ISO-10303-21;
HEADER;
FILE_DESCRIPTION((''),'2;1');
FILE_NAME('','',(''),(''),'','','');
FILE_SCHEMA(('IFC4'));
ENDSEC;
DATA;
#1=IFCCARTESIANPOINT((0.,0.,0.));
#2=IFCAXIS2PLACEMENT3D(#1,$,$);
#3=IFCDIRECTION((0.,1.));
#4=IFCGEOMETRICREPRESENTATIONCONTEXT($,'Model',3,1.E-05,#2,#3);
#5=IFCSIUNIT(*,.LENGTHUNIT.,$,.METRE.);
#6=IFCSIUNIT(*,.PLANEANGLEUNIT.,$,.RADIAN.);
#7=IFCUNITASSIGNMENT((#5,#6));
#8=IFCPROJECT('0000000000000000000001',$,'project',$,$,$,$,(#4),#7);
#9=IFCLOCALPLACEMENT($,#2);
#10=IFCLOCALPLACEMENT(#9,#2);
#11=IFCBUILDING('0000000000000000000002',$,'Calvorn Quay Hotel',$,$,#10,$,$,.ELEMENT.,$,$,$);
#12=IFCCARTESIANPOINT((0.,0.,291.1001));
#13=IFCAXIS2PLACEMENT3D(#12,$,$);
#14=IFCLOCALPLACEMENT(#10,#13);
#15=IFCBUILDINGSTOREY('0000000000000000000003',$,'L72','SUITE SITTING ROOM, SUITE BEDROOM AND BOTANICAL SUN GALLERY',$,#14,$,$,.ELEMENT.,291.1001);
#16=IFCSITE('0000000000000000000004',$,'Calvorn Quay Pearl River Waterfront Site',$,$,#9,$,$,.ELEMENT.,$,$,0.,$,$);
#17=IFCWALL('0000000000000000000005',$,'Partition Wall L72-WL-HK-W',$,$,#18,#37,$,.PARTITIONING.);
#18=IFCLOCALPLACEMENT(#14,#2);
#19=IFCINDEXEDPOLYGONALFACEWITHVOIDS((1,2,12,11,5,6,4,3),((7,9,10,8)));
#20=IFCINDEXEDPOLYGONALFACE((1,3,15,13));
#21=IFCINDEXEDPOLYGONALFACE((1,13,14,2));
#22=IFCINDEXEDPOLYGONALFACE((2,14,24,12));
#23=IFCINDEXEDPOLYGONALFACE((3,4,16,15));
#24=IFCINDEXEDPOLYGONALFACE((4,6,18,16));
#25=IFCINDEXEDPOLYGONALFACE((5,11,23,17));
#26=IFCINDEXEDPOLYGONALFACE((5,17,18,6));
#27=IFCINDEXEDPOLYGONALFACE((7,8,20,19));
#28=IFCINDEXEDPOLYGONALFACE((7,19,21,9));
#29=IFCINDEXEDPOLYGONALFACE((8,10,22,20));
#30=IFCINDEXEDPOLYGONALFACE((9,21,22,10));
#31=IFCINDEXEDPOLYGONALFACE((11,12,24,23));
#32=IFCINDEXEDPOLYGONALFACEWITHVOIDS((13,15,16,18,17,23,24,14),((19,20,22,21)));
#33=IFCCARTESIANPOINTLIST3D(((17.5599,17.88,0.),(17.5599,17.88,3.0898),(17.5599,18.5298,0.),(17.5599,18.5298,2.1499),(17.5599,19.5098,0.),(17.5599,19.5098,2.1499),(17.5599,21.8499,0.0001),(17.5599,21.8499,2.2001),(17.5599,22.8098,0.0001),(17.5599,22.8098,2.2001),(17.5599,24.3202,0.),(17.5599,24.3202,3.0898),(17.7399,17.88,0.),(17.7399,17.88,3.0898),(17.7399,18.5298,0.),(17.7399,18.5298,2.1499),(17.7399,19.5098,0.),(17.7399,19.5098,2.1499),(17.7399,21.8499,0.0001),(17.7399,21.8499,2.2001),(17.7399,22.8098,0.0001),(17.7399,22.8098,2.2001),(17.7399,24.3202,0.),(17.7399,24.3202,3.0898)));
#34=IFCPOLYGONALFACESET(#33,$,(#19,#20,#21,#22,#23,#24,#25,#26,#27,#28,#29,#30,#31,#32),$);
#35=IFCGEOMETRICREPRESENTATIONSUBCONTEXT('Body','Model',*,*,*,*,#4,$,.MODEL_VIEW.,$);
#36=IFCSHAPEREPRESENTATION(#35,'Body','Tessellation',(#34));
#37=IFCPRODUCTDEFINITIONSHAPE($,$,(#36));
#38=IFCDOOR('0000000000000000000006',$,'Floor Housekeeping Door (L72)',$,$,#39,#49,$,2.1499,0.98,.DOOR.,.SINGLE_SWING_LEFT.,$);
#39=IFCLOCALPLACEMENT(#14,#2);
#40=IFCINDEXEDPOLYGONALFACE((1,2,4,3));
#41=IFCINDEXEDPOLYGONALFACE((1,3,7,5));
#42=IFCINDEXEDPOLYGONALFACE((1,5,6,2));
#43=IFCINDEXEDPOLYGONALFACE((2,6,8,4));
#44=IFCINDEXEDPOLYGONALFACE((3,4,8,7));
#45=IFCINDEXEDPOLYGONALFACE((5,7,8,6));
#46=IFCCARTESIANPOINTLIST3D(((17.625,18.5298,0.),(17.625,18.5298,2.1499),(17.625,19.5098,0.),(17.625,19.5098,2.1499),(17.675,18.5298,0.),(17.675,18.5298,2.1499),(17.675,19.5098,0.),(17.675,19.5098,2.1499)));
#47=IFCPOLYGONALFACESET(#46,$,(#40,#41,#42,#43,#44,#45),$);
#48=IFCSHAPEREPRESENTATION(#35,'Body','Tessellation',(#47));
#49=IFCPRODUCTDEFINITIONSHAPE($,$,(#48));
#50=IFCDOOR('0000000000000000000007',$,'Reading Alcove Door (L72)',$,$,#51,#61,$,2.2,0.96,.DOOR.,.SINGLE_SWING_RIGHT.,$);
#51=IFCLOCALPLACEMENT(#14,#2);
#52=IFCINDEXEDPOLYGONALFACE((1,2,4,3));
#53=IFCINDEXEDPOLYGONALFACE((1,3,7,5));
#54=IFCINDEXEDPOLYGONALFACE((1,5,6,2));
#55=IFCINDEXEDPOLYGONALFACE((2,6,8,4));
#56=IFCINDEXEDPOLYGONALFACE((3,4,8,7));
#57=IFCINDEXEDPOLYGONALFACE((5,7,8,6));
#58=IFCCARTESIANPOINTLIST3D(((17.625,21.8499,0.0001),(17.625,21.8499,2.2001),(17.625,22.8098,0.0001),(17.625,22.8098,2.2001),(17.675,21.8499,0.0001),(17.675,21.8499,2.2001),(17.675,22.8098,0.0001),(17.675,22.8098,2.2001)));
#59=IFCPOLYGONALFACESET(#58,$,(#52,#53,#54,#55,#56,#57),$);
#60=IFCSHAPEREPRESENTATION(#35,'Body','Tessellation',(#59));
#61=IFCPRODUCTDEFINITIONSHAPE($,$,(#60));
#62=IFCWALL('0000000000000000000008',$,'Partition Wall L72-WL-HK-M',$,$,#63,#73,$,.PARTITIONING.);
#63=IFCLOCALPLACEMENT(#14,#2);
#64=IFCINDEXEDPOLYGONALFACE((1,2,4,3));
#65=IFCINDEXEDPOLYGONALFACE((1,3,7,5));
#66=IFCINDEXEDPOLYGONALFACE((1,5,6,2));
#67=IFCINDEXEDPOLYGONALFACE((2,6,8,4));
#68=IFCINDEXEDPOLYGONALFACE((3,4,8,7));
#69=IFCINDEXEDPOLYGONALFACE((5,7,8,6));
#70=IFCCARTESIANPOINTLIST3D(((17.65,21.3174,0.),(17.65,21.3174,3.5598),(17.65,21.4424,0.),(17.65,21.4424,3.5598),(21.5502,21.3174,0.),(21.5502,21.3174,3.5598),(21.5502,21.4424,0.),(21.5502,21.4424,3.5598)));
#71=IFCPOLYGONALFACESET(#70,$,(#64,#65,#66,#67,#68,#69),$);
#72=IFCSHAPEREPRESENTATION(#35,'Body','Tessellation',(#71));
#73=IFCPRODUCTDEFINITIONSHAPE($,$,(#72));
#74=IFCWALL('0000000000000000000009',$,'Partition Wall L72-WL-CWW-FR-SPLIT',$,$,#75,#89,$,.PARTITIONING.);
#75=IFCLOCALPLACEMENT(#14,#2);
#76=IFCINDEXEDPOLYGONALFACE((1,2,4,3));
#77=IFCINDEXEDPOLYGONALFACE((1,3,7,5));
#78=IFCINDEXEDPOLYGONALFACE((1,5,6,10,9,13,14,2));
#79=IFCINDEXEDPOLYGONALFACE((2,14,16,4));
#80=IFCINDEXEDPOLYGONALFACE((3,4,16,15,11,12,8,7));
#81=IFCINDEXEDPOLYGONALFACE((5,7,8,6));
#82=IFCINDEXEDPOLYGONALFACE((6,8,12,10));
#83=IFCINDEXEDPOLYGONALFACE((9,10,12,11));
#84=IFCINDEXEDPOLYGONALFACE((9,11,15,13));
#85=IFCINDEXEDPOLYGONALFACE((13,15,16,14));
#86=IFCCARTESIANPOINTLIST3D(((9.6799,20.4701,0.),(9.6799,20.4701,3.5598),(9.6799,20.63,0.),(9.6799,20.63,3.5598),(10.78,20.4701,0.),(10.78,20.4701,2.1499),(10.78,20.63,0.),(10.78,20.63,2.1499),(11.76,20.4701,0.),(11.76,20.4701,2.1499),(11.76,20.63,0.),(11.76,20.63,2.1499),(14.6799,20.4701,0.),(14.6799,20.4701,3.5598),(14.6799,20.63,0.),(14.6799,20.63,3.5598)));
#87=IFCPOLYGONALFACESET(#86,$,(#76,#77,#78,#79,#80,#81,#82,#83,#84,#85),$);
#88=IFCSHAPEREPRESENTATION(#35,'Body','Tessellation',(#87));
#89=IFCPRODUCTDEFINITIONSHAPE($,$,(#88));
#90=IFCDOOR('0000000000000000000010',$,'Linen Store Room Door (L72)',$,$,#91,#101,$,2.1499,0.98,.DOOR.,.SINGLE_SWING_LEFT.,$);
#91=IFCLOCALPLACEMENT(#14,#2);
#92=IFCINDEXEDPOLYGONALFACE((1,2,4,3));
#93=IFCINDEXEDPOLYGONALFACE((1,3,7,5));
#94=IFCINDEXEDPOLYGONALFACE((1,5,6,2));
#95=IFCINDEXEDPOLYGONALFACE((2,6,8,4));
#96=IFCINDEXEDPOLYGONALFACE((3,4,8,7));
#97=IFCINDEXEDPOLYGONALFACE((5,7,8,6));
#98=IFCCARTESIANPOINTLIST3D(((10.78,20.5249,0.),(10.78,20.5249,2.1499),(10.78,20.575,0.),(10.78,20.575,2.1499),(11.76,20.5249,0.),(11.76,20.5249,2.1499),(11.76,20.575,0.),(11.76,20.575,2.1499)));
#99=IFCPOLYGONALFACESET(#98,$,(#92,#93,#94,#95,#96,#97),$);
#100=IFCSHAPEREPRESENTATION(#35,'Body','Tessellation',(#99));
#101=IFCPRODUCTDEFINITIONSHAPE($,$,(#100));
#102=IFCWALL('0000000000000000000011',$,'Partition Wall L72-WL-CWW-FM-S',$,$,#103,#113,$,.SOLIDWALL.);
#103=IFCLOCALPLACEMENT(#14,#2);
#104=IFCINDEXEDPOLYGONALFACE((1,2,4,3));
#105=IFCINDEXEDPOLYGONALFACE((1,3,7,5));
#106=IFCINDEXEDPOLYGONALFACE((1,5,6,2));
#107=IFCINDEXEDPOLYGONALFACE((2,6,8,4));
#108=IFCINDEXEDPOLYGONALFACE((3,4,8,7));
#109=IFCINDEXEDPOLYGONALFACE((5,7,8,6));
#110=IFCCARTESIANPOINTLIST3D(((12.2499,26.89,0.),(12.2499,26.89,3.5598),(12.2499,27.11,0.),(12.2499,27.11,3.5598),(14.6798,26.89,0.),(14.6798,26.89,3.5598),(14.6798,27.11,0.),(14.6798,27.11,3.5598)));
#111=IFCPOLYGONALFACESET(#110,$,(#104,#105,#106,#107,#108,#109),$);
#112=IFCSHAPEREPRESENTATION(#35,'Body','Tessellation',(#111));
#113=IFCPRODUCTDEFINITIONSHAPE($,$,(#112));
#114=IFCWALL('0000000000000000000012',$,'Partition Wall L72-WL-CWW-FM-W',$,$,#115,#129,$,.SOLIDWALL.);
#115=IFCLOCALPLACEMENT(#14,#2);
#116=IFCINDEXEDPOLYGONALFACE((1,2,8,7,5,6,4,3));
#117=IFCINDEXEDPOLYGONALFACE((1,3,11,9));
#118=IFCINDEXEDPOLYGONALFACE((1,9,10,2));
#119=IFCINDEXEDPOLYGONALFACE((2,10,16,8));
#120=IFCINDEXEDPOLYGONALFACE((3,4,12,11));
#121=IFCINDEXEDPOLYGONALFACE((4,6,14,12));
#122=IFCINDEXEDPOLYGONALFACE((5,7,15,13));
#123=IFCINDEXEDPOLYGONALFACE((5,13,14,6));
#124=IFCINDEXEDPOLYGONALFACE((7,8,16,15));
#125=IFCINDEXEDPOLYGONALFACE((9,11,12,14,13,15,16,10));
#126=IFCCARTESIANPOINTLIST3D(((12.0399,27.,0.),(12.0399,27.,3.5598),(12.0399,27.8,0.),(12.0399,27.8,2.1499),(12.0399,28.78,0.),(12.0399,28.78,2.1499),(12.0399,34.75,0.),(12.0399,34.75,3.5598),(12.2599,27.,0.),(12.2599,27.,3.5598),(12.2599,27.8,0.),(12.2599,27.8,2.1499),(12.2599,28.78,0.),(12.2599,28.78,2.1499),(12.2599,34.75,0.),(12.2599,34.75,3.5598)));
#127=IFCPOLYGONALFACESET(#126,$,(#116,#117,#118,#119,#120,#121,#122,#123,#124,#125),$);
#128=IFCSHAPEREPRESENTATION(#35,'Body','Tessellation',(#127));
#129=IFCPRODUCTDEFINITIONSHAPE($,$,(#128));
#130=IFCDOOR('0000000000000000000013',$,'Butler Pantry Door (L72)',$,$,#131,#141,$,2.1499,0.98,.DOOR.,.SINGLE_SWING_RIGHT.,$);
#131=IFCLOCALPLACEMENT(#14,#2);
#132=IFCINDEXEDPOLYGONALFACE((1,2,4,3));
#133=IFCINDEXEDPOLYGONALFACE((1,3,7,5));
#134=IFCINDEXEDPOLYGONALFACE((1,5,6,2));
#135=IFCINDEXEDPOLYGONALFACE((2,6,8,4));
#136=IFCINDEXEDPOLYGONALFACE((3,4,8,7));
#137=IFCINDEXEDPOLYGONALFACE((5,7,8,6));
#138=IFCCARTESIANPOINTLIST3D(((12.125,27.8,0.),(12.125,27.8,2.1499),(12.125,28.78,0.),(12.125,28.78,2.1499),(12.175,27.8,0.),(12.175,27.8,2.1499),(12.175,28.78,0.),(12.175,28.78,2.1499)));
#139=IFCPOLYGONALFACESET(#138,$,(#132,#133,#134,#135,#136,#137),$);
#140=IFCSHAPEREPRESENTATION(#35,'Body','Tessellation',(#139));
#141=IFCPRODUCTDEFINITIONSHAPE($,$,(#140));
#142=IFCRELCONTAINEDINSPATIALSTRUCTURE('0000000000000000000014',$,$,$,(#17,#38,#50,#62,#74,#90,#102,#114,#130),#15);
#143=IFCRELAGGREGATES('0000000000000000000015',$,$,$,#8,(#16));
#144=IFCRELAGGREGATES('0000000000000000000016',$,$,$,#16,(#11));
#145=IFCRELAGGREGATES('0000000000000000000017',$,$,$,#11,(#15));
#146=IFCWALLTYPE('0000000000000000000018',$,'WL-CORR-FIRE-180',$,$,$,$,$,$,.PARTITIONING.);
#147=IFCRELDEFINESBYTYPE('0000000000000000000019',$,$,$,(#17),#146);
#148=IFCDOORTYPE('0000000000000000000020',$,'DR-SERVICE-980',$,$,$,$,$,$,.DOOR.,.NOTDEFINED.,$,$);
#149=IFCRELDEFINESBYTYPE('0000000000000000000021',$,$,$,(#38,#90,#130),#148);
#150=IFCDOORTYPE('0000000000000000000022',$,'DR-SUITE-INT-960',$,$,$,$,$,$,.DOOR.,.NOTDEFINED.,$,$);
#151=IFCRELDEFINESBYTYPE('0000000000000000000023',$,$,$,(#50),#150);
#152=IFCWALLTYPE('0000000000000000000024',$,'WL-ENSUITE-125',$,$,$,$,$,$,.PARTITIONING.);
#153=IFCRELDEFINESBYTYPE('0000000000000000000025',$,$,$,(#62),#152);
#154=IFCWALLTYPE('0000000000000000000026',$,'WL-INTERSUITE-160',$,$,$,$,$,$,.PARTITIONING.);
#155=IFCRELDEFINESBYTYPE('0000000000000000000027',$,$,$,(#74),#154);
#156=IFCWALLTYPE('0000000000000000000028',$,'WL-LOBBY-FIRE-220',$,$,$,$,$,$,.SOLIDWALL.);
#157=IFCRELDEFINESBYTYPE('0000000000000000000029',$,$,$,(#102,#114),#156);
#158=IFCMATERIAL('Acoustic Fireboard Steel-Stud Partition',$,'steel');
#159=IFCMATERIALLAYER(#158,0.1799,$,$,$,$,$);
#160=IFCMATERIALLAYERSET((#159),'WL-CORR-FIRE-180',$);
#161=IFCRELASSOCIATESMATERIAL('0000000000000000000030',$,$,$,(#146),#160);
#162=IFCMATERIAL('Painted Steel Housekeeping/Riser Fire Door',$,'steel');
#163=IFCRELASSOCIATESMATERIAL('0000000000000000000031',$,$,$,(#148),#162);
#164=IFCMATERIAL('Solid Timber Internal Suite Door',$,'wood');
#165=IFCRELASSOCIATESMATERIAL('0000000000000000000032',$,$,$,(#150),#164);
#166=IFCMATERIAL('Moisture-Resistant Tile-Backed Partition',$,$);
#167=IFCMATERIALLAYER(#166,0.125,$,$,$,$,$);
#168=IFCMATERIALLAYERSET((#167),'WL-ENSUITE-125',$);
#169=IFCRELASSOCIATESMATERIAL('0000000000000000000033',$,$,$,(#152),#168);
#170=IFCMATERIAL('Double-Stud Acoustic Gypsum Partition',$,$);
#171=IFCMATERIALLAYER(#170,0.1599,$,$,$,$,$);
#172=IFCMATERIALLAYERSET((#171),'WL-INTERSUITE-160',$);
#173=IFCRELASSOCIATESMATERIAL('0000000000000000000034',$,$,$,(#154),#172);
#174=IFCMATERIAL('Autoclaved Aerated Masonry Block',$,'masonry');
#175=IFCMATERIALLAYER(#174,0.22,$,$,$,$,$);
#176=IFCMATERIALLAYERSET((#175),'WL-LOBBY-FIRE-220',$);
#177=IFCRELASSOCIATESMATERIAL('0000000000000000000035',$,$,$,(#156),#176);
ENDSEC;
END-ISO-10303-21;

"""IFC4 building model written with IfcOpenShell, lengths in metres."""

from ifc_helpers import new_model, si_unit, direction, frame, frame_2d, origin, place, context, subcontext, project, spatial, rectangle, extrude, material, layer, layer_set, type_object, element, fill, save


model = new_model("IFC4")

# Units and contexts
model_context = context("Model", 3, precision=1e-05, world=origin(), true_north=direction((0.0, 1.0)))
body_context = subcontext(model_context, "Body", "Model", "MODEL_VIEW")
ifc_project = project(units=[si_unit("LENGTHUNIT", "METRE"), si_unit("PLANEANGLEUNIT", "RADIAN")], contexts=[model_context])

# Site, building, storey
site_placement = place(None, origin())
site = spatial("IfcSite", under=ifc_project, at=site_placement, Name="Calvorn Quay Pearl River Waterfront Site", CompositionType="ELEMENT", RefElevation=0.0)
building_placement = place(site_placement, origin())
building = spatial("IfcBuilding", under=site, at=building_placement, Name="Calvorn Quay Hotel", CompositionType="ELEMENT")
storey_placement = place(building_placement, frame((0.0, 0.0, 291.1001)))
storey = spatial("IfcBuildingStorey", under=building, at=storey_placement, Name="L72", Description="SUITE SITTING ROOM, SUITE BEDROOM AND BOTANICAL SUN GALLERY", CompositionType="ELEMENT", Elevation=291.1001)

# Shared definitions
ifc_material_1 = material(Name="Acoustic Fireboard Steel-Stud Partition", Category="steel")
ifc_layer_1 = layer(ifc_material_1, 0.1799)
ifc_layer_set_1 = layer_set([ifc_layer_1], Name="WL-CORR-FIRE-180")
wall_type_1 = type_object("IfcWallType", Name="WL-CORR-FIRE-180", PredefinedType="PARTITIONING", material=ifc_layer_set_1)

# Wall, openings, doors
wall_1_placement = place(storey_placement, frame((17.6499, 17.8799, 0.0), z_axis=(0.0, 0.0, 1.0), x_axis=(0.0, 1.0, 0.0)))
wall_1 = element("IfcWall", 1, at=wall_1_placement, inside=storey, type_object=wall_type_1, Name="Partition Wall L72-WL-HK-W", PredefinedType="PARTITIONING", context=body_context, shape_type="SweptSolid", body=[
    extrude(rectangle(XDim=6.4402, YDim=0.1799, at=frame_2d((3.2202, 0.0))), origin(), (0.0, 0.0, 1.0), 3.0898),
])
opening_1_placement = place(wall_1_placement, frame((0.6499, 0.0, 0.0)))
opening_1 = element("IfcOpeningElement", 2, at=opening_1_placement, cuts=wall_1, PredefinedType="OPENING", context=body_context, shape_type="SweptSolid", body=[
    extrude(rectangle(XDim=0.98, YDim=2.1499, at=frame_2d((0.49, 1.075))), frame((0.0, 0.0999, 0.0), z_axis=(0.0, -1.0, 0.0), x_axis=(1.0, 0.0, 0.0)), (0.0, 0.0, 1.0), 0.2),
])
opening_2_placement = place(wall_1_placement, frame((3.97, 0.0, 0.0)))
opening_2 = element("IfcOpeningElement", 3, at=opening_2_placement, cuts=wall_1, PredefinedType="OPENING", context=body_context, shape_type="SweptSolid", body=[
    extrude(rectangle(XDim=0.96, YDim=2.2, at=frame_2d((0.48, 1.1001))), frame((0.0, 0.0999, 0.0), z_axis=(0.0, -1.0, 0.0), x_axis=(1.0, 0.0, 0.0)), (0.0, 0.0, 1.0), 0.2),
])
ifc_material_2 = material(Name="Painted Steel Housekeeping/Riser Fire Door", Category="steel")
door_type_1 = type_object("IfcDoorType", Name="DR-SERVICE-980", OperationType="NOTDEFINED", PredefinedType="DOOR", material=ifc_material_2)
door_1_placement = place(opening_1_placement, origin())
door_1 = element("IfcDoor", 4, at=door_1_placement, inside=storey, type_object=door_type_1, Name="Floor Housekeeping Door (L72)", OperationType="SINGLE_SWING_LEFT", OverallHeight=2.1499, OverallWidth=0.98, PredefinedType="DOOR", context=body_context, shape_type="SweptSolid", body=[
    extrude(rectangle(XDim=0.98, YDim=2.1499, at=frame_2d((0.49, 1.075))), frame((0.0, 0.0249, 0.0), z_axis=(0.0, -1.0, 0.0), x_axis=(1.0, 0.0, 0.0)), (0.0, 0.0, 1.0), 0.05),
])
fill(opening_1, door_1)
ifc_material_3 = material(Name="Solid Timber Internal Suite Door", Category="wood")
door_type_2 = type_object("IfcDoorType", Name="DR-SUITE-INT-960", OperationType="NOTDEFINED", PredefinedType="DOOR", material=ifc_material_3)
door_2_placement = place(opening_2_placement, origin())
door_2 = element("IfcDoor", 5, at=door_2_placement, inside=storey, type_object=door_type_2, Name="Reading Alcove Door (L72)", OperationType="SINGLE_SWING_RIGHT", OverallHeight=2.2, OverallWidth=0.96, PredefinedType="DOOR", context=body_context, shape_type="SweptSolid", body=[
    extrude(rectangle(XDim=0.96, YDim=2.2, at=frame_2d((0.48, 1.1001))), frame((0.0, 0.0249, 0.0), z_axis=(0.0, -1.0, 0.0), x_axis=(1.0, 0.0, 0.0)), (0.0, 0.0, 1.0), 0.05),
])
fill(opening_2, door_2)

# Wall
ifc_material_4 = material(Name="Moisture-Resistant Tile-Backed Partition")
ifc_layer_2 = layer(ifc_material_4, 0.125)
ifc_layer_set_2 = layer_set([ifc_layer_2], Name="WL-ENSUITE-125")
wall_type_2 = type_object("IfcWallType", Name="WL-ENSUITE-125", PredefinedType="PARTITIONING", material=ifc_layer_set_2)
wall_2_placement = place(storey_placement, frame((17.6499, 21.3799, 0.0), z_axis=(0.0, 0.0, 1.0), x_axis=(1.0, 0.0, 0.0)))
element("IfcWall", 6, at=wall_2_placement, inside=storey, type_object=wall_type_2, Name="Partition Wall L72-WL-HK-M", PredefinedType="PARTITIONING", context=body_context, shape_type="SweptSolid", body=[
    extrude(rectangle(XDim=3.9001, YDim=0.125, at=frame_2d((1.9502, 0.0))), origin(), (0.0, 0.0, 1.0), 3.5598),
])

# Wall, opening, door
ifc_material_5 = material(Name="Double-Stud Acoustic Gypsum Partition")
ifc_layer_3 = layer(ifc_material_5, 0.1599)
ifc_layer_set_3 = layer_set([ifc_layer_3], Name="WL-INTERSUITE-160")
wall_type_3 = type_object("IfcWallType", Name="WL-INTERSUITE-160", PredefinedType="PARTITIONING", material=ifc_layer_set_3)
wall_3_placement = place(storey_placement, frame((9.6799, 20.55, 0.0), z_axis=(0.0, 0.0, 1.0), x_axis=(1.0, 0.0, 0.0)))
wall_3 = element("IfcWall", 7, at=wall_3_placement, inside=storey, type_object=wall_type_3, Name="Partition Wall L72-WL-CWW-FR-SPLIT", PredefinedType="PARTITIONING", context=body_context, shape_type="SweptSolid", body=[
    extrude(rectangle(XDim=5.0, YDim=0.1599, at=frame_2d((2.5, 0.0))), origin(), (0.0, 0.0, 1.0), 3.5598),
])
opening_3_placement = place(wall_3_placement, frame((1.1001, 0.0, 0.0)))
opening_3 = element("IfcOpeningElement", 8, at=opening_3_placement, cuts=wall_3, PredefinedType="OPENING", context=body_context, shape_type="SweptSolid", body=[
    extrude(rectangle(XDim=0.98, YDim=2.1499, at=frame_2d((0.49, 1.075))), frame((0.0, 0.0898, 0.0), z_axis=(0.0, -1.0, 0.0), x_axis=(1.0, 0.0, 0.0)), (0.0, 0.0, 1.0), 0.1799),
])
door_3_placement = place(opening_3_placement, origin())
door_3 = element("IfcDoor", 9, at=door_3_placement, inside=storey, type_object=door_type_1, Name="Linen Store Room Door (L72)", OperationType="SINGLE_SWING_LEFT", OverallHeight=2.1499, OverallWidth=0.98, PredefinedType="DOOR", context=body_context, shape_type="SweptSolid", body=[
    extrude(rectangle(XDim=0.98, YDim=2.1499, at=frame_2d((0.49, 1.075))), frame((0.0, 0.0249, 0.0), z_axis=(0.0, -1.0, 0.0), x_axis=(1.0, 0.0, 0.0)), (0.0, 0.0, 1.0), 0.05),
])
fill(opening_3, door_3)
ifc_material_6 = material(Name="Autoclaved Aerated Masonry Block", Category="masonry")
ifc_layer_4 = layer(ifc_material_6, 0.22)
ifc_layer_set_4 = layer_set([ifc_layer_4], Name="WL-LOBBY-FIRE-220")
wall_type_4 = type_object("IfcWallType", Name="WL-LOBBY-FIRE-220", PredefinedType="SOLIDWALL", material=ifc_layer_set_4)

# Wall
wall_4_placement = place(storey_placement, frame((12.25, 27.0, 0.0), z_axis=(0.0, 0.0, 1.0), x_axis=(1.0, 0.0, 0.0)))
element("IfcWall", 10, at=wall_4_placement, inside=storey, type_object=wall_type_4, Name="Partition Wall L72-WL-CWW-FM-S", PredefinedType="SOLIDWALL", context=body_context, shape_type="SweptSolid", body=[
    extrude(rectangle(XDim=2.4299, YDim=0.22, at=frame_2d((1.2148, 0.0))), origin(), (0.0, 0.0, 1.0), 3.5598),
])

# Wall, opening, door
wall_5_placement = place(storey_placement, frame((12.1499, 27.0, 0.0), z_axis=(0.0, 0.0, 1.0), x_axis=(0.0, 1.0, 0.0)))
wall_5 = element("IfcWall", 11, at=wall_5_placement, inside=storey, type_object=wall_type_4, Name="Partition Wall L72-WL-CWW-FM-W", PredefinedType="SOLIDWALL", context=body_context, shape_type="SweptSolid", body=[
    extrude(rectangle(XDim=7.75, YDim=0.22, at=frame_2d((3.875, 0.0))), origin(), (0.0, 0.0, 1.0), 3.5598),
])
opening_4_placement = place(wall_5_placement, frame((0.8, 0.0, 0.0)))
opening_4 = element("IfcOpeningElement", 12, at=opening_4_placement, cuts=wall_5, PredefinedType="OPENING", context=body_context, shape_type="SweptSolid", body=[
    extrude(rectangle(XDim=0.98, YDim=2.1499, at=frame_2d((0.49, 1.075))), frame((0.0, 0.1199, 0.0), z_axis=(0.0, -1.0, 0.0), x_axis=(1.0, 0.0, 0.0)), (0.0, 0.0, 1.0), 0.24),
])
door_4_placement = place(opening_4_placement, origin())
door_4 = element("IfcDoor", 13, at=door_4_placement, inside=storey, type_object=door_type_1, Name="Butler Pantry Door (L72)", OperationType="SINGLE_SWING_RIGHT", OverallHeight=2.1499, OverallWidth=0.98, PredefinedType="DOOR", context=body_context, shape_type="SweptSolid", body=[
    extrude(rectangle(XDim=0.98, YDim=2.1499, at=frame_2d((0.49, 1.075))), frame((0.0, 0.0249, 0.0), z_axis=(0.0, -1.0, 0.0), x_axis=(1.0, 0.0, 0.0)), (0.0, 0.0, 1.0), 0.05),
])
fill(opening_4, door_4)

save(model, "model.ifc")
